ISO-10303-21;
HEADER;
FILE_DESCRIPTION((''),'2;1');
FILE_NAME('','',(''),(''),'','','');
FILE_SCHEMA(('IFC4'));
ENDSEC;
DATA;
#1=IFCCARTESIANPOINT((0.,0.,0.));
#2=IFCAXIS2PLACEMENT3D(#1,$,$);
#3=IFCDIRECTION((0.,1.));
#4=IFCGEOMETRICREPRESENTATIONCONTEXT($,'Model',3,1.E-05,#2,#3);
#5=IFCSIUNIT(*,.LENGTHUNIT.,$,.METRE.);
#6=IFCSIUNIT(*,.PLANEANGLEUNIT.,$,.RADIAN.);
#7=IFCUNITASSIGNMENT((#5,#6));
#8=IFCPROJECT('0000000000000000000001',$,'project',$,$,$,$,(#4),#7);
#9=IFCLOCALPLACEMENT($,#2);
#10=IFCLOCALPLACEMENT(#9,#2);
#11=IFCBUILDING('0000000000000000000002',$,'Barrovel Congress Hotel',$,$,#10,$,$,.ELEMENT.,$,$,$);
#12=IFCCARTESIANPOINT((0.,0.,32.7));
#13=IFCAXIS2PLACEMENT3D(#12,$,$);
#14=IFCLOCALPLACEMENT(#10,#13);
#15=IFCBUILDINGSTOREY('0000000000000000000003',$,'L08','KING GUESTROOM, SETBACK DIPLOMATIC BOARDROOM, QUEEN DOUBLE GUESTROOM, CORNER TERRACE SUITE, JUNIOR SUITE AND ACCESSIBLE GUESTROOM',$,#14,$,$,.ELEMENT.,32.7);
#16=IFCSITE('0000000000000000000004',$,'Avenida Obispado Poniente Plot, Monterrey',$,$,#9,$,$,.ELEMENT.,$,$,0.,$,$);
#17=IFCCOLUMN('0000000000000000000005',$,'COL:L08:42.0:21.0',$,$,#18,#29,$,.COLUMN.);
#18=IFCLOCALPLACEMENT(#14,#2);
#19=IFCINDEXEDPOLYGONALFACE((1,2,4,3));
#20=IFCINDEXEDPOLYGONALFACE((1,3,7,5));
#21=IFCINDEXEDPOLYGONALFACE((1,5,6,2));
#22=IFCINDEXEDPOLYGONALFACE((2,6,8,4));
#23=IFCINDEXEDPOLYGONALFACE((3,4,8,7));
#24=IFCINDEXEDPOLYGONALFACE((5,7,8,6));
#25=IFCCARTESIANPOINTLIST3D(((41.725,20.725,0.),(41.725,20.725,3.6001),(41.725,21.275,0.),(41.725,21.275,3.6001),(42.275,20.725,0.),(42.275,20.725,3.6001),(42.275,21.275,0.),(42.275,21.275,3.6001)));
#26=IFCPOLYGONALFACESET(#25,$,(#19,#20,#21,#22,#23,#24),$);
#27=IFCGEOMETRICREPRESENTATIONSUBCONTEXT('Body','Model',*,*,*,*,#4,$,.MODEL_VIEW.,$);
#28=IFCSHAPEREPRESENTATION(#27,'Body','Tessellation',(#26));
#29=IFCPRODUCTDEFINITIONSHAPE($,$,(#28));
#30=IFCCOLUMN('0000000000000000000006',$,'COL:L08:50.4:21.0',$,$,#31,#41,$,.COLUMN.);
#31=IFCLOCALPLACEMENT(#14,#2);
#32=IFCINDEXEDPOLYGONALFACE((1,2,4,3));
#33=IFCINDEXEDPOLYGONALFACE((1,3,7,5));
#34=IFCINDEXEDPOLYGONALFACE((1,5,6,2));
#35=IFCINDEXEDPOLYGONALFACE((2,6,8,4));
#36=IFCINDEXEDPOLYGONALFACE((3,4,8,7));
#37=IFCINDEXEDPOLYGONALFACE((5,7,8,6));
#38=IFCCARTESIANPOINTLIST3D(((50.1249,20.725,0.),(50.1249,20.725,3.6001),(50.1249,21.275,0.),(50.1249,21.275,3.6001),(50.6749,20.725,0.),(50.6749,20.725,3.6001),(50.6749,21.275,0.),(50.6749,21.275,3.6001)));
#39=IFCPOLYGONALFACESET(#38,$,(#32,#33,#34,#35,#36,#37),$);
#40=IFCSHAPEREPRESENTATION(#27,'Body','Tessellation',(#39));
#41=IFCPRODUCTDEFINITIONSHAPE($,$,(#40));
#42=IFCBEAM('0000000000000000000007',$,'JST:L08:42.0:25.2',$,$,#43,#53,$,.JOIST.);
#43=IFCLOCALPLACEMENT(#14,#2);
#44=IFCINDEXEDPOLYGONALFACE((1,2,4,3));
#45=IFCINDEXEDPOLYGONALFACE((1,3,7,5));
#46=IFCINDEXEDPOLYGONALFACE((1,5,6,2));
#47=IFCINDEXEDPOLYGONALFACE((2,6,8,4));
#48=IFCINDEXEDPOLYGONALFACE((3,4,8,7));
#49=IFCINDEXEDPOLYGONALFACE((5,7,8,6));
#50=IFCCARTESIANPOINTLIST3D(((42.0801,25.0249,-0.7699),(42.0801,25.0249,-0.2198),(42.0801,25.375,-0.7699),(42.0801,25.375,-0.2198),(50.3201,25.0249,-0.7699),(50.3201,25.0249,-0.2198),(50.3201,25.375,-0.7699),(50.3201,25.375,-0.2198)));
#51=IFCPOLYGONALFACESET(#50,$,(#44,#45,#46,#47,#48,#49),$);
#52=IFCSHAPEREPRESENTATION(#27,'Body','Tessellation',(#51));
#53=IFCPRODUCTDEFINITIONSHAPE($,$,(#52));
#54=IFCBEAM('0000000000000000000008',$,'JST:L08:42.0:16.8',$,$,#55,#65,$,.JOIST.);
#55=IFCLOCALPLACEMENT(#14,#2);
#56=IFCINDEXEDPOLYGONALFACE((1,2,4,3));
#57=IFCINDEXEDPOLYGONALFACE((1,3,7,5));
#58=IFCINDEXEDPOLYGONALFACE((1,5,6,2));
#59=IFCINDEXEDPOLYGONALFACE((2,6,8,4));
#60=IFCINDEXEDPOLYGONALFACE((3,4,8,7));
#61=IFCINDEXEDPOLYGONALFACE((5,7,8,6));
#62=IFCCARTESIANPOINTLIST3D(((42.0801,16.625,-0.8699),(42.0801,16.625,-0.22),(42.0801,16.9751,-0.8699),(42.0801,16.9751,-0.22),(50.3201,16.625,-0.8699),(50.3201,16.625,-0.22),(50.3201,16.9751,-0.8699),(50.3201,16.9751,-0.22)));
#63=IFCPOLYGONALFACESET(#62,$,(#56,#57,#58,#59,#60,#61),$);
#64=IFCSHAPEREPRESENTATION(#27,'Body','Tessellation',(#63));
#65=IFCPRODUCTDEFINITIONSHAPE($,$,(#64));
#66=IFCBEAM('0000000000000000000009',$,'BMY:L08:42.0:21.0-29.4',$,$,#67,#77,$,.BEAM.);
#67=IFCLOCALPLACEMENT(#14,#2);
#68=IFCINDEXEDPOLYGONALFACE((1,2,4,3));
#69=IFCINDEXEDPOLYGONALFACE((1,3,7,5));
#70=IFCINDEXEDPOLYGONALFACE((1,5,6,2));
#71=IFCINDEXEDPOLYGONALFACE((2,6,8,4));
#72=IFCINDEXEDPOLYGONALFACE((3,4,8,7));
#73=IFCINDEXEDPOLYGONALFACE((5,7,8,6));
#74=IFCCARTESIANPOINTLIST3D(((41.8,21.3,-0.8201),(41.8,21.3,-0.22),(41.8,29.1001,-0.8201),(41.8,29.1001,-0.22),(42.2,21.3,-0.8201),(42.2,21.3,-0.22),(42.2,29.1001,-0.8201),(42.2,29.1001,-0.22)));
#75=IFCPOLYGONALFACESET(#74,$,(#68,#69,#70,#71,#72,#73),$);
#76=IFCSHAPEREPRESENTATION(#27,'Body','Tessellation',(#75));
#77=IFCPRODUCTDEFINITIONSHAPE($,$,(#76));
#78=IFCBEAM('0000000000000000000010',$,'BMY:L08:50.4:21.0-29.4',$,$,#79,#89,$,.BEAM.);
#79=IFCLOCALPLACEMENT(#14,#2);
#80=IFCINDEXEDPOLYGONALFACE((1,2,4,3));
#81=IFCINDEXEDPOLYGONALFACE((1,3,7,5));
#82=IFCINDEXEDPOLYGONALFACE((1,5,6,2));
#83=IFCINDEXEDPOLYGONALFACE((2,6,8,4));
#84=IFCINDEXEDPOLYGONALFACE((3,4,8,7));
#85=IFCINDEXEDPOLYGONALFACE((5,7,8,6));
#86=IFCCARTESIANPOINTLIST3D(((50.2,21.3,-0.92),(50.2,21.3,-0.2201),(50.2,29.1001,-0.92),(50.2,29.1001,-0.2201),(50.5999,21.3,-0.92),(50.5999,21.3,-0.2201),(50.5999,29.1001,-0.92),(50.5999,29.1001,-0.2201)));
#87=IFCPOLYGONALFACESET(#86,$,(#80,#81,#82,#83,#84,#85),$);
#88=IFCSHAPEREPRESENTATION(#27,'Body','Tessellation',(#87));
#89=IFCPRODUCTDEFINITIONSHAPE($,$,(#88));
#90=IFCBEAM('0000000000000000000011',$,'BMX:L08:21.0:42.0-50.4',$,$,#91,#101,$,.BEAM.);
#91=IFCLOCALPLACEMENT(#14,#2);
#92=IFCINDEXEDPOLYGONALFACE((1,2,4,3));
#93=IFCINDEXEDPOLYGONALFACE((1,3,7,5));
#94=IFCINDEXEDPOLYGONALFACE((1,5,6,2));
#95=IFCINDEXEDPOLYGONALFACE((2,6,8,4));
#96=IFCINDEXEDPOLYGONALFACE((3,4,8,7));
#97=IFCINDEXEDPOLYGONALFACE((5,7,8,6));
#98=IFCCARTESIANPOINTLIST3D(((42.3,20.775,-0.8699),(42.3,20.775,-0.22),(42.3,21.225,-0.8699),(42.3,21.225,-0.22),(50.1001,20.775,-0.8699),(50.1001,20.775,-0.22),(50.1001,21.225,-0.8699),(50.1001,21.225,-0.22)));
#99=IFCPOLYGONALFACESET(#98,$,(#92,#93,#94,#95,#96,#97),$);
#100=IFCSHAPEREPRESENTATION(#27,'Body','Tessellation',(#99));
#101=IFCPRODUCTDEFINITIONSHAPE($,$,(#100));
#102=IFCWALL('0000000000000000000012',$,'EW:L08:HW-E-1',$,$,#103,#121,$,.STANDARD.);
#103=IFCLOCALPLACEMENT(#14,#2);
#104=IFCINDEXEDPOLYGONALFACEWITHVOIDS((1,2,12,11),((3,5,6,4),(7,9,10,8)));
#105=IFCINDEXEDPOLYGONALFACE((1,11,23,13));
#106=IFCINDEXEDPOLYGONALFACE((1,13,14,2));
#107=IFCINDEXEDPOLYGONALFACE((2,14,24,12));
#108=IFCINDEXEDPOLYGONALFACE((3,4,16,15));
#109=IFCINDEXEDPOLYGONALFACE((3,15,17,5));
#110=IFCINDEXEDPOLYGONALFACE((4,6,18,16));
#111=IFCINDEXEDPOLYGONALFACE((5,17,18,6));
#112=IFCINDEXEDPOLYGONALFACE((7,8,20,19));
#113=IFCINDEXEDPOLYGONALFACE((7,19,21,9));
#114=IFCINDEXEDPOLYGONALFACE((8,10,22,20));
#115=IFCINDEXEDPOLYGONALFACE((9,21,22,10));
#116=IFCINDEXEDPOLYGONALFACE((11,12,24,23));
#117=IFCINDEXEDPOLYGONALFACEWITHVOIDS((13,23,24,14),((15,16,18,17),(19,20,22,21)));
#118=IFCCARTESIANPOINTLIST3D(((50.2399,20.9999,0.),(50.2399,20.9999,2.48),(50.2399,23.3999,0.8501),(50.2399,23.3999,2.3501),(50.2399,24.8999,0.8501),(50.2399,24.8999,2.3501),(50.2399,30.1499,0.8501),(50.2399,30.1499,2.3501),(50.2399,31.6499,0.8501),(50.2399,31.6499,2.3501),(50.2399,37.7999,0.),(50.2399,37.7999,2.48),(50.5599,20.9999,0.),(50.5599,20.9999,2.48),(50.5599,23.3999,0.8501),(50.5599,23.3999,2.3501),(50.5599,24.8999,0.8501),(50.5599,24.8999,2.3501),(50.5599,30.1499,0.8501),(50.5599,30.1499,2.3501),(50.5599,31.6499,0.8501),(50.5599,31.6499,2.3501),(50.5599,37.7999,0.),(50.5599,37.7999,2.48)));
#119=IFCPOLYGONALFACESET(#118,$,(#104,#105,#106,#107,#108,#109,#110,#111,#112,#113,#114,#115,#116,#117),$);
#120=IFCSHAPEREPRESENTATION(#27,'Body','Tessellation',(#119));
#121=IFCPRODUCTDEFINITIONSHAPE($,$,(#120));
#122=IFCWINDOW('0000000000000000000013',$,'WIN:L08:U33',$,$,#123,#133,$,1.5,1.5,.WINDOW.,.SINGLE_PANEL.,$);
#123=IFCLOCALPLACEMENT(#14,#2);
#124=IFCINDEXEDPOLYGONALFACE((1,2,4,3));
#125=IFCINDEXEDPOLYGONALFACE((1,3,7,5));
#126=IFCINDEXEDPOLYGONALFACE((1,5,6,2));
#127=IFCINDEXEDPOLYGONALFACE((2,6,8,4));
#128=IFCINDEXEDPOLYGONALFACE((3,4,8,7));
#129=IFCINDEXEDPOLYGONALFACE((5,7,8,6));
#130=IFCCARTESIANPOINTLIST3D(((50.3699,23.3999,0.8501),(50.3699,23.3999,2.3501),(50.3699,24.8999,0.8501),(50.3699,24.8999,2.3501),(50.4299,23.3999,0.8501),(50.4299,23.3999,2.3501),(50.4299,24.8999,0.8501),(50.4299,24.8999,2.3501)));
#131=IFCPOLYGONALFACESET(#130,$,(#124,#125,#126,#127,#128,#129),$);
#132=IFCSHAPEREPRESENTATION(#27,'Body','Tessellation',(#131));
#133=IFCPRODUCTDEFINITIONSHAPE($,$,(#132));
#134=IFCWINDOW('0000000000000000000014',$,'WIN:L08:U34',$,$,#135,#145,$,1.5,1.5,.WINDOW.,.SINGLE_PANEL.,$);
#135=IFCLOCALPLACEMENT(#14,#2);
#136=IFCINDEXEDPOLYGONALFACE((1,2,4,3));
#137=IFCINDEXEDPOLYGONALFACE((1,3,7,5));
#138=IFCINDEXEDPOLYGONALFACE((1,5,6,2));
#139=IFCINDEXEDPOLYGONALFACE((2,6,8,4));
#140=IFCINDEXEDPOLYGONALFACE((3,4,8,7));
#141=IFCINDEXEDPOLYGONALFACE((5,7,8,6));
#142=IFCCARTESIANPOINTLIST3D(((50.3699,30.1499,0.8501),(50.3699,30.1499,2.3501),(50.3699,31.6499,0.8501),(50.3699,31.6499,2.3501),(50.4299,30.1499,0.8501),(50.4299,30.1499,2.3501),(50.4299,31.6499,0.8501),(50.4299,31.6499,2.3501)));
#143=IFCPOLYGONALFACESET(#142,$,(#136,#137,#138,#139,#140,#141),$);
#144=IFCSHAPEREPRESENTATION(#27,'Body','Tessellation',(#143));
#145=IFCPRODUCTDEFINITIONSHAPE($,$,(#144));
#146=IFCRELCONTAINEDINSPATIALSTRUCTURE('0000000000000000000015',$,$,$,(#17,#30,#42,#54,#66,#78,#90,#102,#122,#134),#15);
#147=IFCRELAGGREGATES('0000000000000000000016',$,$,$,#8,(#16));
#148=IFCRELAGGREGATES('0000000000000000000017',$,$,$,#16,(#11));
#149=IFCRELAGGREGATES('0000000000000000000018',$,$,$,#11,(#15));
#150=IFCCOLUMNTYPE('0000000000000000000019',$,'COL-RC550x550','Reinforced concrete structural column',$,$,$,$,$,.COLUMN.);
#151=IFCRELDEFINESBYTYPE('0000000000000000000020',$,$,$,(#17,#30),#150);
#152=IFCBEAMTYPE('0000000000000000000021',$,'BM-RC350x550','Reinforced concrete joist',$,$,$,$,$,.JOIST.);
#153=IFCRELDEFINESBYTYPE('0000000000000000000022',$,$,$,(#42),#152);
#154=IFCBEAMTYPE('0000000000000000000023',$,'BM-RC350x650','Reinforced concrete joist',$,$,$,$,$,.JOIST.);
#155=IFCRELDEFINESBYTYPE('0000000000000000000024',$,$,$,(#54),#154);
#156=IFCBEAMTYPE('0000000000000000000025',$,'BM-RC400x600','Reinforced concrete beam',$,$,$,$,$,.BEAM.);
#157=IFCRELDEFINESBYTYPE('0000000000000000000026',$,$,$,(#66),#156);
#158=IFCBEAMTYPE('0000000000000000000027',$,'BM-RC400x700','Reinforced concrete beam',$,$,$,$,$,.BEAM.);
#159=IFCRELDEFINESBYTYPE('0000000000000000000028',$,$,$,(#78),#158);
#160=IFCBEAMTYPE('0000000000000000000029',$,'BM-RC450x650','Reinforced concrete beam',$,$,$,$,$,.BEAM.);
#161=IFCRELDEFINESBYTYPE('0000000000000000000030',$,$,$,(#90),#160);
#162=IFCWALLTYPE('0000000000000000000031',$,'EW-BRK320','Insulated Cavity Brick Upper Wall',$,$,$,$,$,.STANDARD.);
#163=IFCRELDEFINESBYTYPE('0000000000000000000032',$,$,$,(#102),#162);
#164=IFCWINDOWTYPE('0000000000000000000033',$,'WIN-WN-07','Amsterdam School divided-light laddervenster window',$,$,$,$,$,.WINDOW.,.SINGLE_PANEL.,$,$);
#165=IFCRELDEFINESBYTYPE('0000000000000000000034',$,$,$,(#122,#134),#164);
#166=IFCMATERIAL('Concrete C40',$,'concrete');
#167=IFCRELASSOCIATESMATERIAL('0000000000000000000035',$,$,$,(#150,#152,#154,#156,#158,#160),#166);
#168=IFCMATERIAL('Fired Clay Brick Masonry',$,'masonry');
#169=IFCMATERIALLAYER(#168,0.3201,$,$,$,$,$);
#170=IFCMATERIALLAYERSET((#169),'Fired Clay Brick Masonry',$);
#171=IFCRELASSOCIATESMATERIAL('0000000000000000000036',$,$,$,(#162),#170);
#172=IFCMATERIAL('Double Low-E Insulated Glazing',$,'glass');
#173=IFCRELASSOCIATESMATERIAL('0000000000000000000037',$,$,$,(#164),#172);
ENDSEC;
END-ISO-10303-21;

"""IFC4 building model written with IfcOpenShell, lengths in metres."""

from ifc_helpers import new_model, si_unit, direction, frame, frame_2d, origin, origin_2d, place, context, subcontext, project, spatial, rectangle, extrude, material, layer, layer_set, material_profile, profile_set, type_object, element, fill, save


model = new_model("IFC4")

# Units and contexts
model_context = context("Model", 3, precision=1e-05, world=origin(), true_north=direction((0.0, 1.0)))
body_context = subcontext(model_context, "Body", "Model", "MODEL_VIEW")
ifc_project = project(units=[si_unit("LENGTHUNIT", "METRE"), si_unit("PLANEANGLEUNIT", "RADIAN")], contexts=[model_context])

# Site, building, storey
site_placement = place(None, origin())
site = spatial("IfcSite", under=ifc_project, at=site_placement, Name="Avenida Obispado Poniente Plot, Monterrey", CompositionType="ELEMENT", RefElevation=0.0)
building_placement = place(site_placement, origin())
building = spatial("IfcBuilding", under=site, at=building_placement, Name="Barrovel Congress Hotel", CompositionType="ELEMENT")
storey_placement = place(building_placement, frame((0.0, 0.0, 32.7)))
storey = spatial("IfcBuildingStorey", under=building, at=storey_placement, Name="L08", Description="KING GUESTROOM, SETBACK DIPLOMATIC BOARDROOM, QUEEN DOUBLE GUESTROOM, CORNER TERRACE SUITE, JUNIOR SUITE AND ACCESSIBLE GUESTROOM", CompositionType="ELEMENT", Elevation=32.7)

# Columns
ifc_material_1 = material(Name="Concrete C40", Category="concrete")
ifc_material_profile_1 = material_profile(ifc_material_1, rectangle(XDim=0.55, YDim=0.55, at=origin_2d()), Name="RC550x550")
ifc_profile_set_1 = profile_set([ifc_material_profile_1], Name="Concrete C40")
column_type = type_object("IfcColumnType", Name="COL-RC550x550", Description="Reinforced concrete structural column", PredefinedType="COLUMN", material=ifc_profile_set_1)
for number, where, z_axis, x_axis, name in (
    (1, (42.0, 21.0, 0.0), (0.0, 0.0, 1.0), (1.0, 0.0, 0.0), "COL:L08:42.0:21.0"),
    (2, (50.3999, 21.0, 0.0), (0.0, 0.0, 1.0), (1.0, 0.0, 0.0), "COL:L08:50.4:21.0"),
):
    element("IfcColumn", number, at=place(storey_placement, frame(where, z_axis=z_axis, x_axis=x_axis)), inside=storey, type_object=column_type, Name=name, PredefinedType="COLUMN", context=body_context, shape_type="SweptSolid", body=[
        extrude(rectangle(XDim=0.55, YDim=0.55, at=origin_2d()), origin(), (0.0, 0.0, 1.0), 3.6001),
    ])

# Beams
ifc_material_profile_2 = material_profile(ifc_material_1, rectangle(XDim=0.3501, YDim=0.55, at=origin_2d()), Name="RC350x550")
ifc_profile_set_2 = profile_set([ifc_material_profile_2], Name="Concrete C40")
beam_type_1 = type_object("IfcBeamType", Name="BM-RC350x550", Description="Reinforced concrete joist", PredefinedType="JOIST", material=ifc_profile_set_2)
beam_1_placement = place(storey_placement, frame((42.0801, 25.2, -0.4949), z_axis=(1.0, 0.0, 0.0), x_axis=(0.0, 1.0, 0.0)))
element("IfcBeam", 3, at=beam_1_placement, inside=storey, type_object=beam_type_1, Name="JST:L08:42.0:25.2", PredefinedType="JOIST", context=body_context, shape_type="SweptSolid", body=[
    extrude(rectangle(XDim=0.3501, YDim=0.55, at=origin_2d()), origin(), (0.0, 0.0, 1.0), 8.24),
])
ifc_material_profile_3 = material_profile(ifc_material_1, rectangle(XDim=0.3501, YDim=0.6499, at=origin_2d()), Name="RC350x650")
ifc_profile_set_3 = profile_set([ifc_material_profile_3], Name="Concrete C40")
beam_type_2 = type_object("IfcBeamType", Name="BM-RC350x650", Description="Reinforced concrete joist", PredefinedType="JOIST", material=ifc_profile_set_3)
beam_2_placement = place(storey_placement, frame((42.0801, 16.8, -0.5449), z_axis=(1.0, 0.0, 0.0), x_axis=(0.0, 1.0, 0.0)))
element("IfcBeam", 4, at=beam_2_placement, inside=storey, type_object=beam_type_2, Name="JST:L08:42.0:16.8", PredefinedType="JOIST", context=body_context, shape_type="SweptSolid", body=[
    extrude(rectangle(XDim=0.3501, YDim=0.6499, at=origin_2d()), origin(), (0.0, 0.0, 1.0), 8.24),
])
ifc_material_profile_4 = material_profile(ifc_material_1, rectangle(XDim=0.3999, YDim=0.6001, at=origin_2d()), Name="RC400x600")
ifc_profile_set_4 = profile_set([ifc_material_profile_4], Name="Concrete C40")
beam_type_3 = type_object("IfcBeamType", Name="BM-RC400x600", Description="Reinforced concrete beam", PredefinedType="BEAM", material=ifc_profile_set_4)
beam_3_placement = place(storey_placement, frame((42.0, 21.3, -0.52), z_axis=(0.0, 1.0, 0.0), x_axis=(-1.0, 0.0, 0.0)))
element("IfcBeam", 5, at=beam_3_placement, inside=storey, type_object=beam_type_3, Name="BMY:L08:42.0:21.0-29.4", PredefinedType="BEAM", context=body_context, shape_type="SweptSolid", body=[
    extrude(rectangle(XDim=0.3999, YDim=0.6001, at=origin_2d()), origin(), (0.0, 0.0, 1.0), 7.8),
])
ifc_material_profile_5 = material_profile(ifc_material_1, rectangle(XDim=0.3999, YDim=0.7, at=origin_2d()), Name="RC400x700")
ifc_profile_set_5 = profile_set([ifc_material_profile_5], Name="Concrete C40")
beam_type_4 = type_object("IfcBeamType", Name="BM-RC400x700", Description="Reinforced concrete beam", PredefinedType="BEAM", material=ifc_profile_set_5)
beam_4_placement = place(storey_placement, frame((50.3999, 21.3, -0.5701), z_axis=(0.0, 1.0, 0.0), x_axis=(-1.0, 0.0, 0.0)))
element("IfcBeam", 6, at=beam_4_placement, inside=storey, type_object=beam_type_4, Name="BMY:L08:50.4:21.0-29.4", PredefinedType="BEAM", context=body_context, shape_type="SweptSolid", body=[
    extrude(rectangle(XDim=0.3999, YDim=0.7, at=origin_2d()), origin(), (0.0, 0.0, 1.0), 7.8),
])
ifc_material_profile_6 = material_profile(ifc_material_1, rectangle(XDim=0.45, YDim=0.6499, at=origin_2d()), Name="RC450x650")
ifc_profile_set_6 = profile_set([ifc_material_profile_6], Name="Concrete C40")
beam_type_5 = type_object("IfcBeamType", Name="BM-RC450x650", Description="Reinforced concrete beam", PredefinedType="BEAM", material=ifc_profile_set_6)
beam_5_placement = place(storey_placement, frame((42.3, 21.0, -0.5449), z_axis=(1.0, 0.0, 0.0), x_axis=(0.0, 1.0, 0.0)))
element("IfcBeam", 7, at=beam_5_placement, inside=storey, type_object=beam_type_5, Name="BMX:L08:21.0:42.0-50.4", PredefinedType="BEAM", context=body_context, shape_type="SweptSolid", body=[
    extrude(rectangle(XDim=0.45, YDim=0.6499, at=origin_2d()), origin(), (0.0, 0.0, 1.0), 7.8),
])

# Wall, openings, windows
ifc_material_2 = material(Name="Fired Clay Brick Masonry", Category="masonry")
ifc_layer_1 = layer(ifc_material_2, 0.3201)
ifc_layer_set_1 = layer_set([ifc_layer_1], Name="Fired Clay Brick Masonry")
wall_type_1 = type_object("IfcWallType", Name="EW-BRK320", Description="Insulated Cavity Brick Upper Wall", PredefinedType="STANDARD", material=ifc_layer_set_1)
wall_1_placement = place(storey_placement, frame((50.3999, 21.0, 0.0), z_axis=(0.0, 0.0, 1.0), x_axis=(0.0, 1.0, 0.0)))
wall_1 = element("IfcWall", 8, at=wall_1_placement, inside=storey, type_object=wall_type_1, Name="EW:L08:HW-E-1", PredefinedType="STANDARD", context=body_context, shape_type="SweptSolid", body=[
    extrude(rectangle(XDim=16.8, YDim=0.3201, at=frame_2d((8.3999, 0.0))), origin(), (0.0, 0.0, 1.0), 2.48),
])
opening_1_placement = place(wall_1_placement, frame((2.3999, 0.0, 0.8501)))
opening_1 = element("IfcOpeningElement", 9, at=opening_1_placement, cuts=wall_1, PredefinedType="OPENING", context=body_context, shape_type="SweptSolid", body=[
    extrude(rectangle(XDim=1.5, YDim=1.5, at=frame_2d((0.75, 0.75))), frame((0.0, 0.1699, 0.0), z_axis=(0.0, -1.0, 0.0), x_axis=(1.0, 0.0, 0.0)), (0.0, 0.0, 1.0), 0.3401),
])
opening_2_placement = place(wall_1_placement, frame((9.1499, 0.0, 0.8501)))
opening_2 = element("IfcOpeningElement", 10, at=opening_2_placement, cuts=wall_1, PredefinedType="OPENING", context=body_context, shape_type="SweptSolid", body=[
    extrude(rectangle(XDim=1.5, YDim=1.5, at=frame_2d((0.75, 0.75))), frame((0.0, 0.1699, 0.0), z_axis=(0.0, -1.0, 0.0), x_axis=(1.0, 0.0, 0.0)), (0.0, 0.0, 1.0), 0.3401),
])
ifc_material_3 = material(Name="Double Low-E Insulated Glazing", Category="glass")
window_type = type_object("IfcWindowType", Name="WIN-WN-07", Description="Amsterdam School divided-light laddervenster window", PartitioningType="SINGLE_PANEL", PredefinedType="WINDOW", material=ifc_material_3)
window_1_placement = place(opening_1_placement, origin())
window_1 = element("IfcWindow", 11, at=window_1_placement, inside=storey, type_object=window_type, Name="WIN:L08:U33", OverallHeight=1.5, OverallWidth=1.5, PartitioningType="SINGLE_PANEL", PredefinedType="WINDOW", context=body_context, shape_type="SweptSolid", body=[
    extrude(rectangle(XDim=1.5, YDim=1.5, at=frame_2d((0.75, 0.75))), frame((0.0, 0.03, 0.0), z_axis=(0.0, -1.0, 0.0), x_axis=(1.0, 0.0, 0.0)), (0.0, 0.0, 1.0), 0.0601),
])
fill(opening_1, window_1)
window_2_placement = place(opening_2_placement, origin())
window_2 = element("IfcWindow", 12, at=window_2_placement, inside=storey, type_object=window_type, Name="WIN:L08:U34", OverallHeight=1.5, OverallWidth=1.5, PartitioningType="SINGLE_PANEL", PredefinedType="WINDOW", context=body_context, shape_type="SweptSolid", body=[
    extrude(rectangle(XDim=1.5, YDim=1.5, at=frame_2d((0.75, 0.75))), frame((0.0, 0.03, 0.0), z_axis=(0.0, -1.0, 0.0), x_axis=(1.0, 0.0, 0.0)), (0.0, 0.0, 1.0), 0.0601),
])
fill(opening_2, window_2)

save(model, "model.ifc")
